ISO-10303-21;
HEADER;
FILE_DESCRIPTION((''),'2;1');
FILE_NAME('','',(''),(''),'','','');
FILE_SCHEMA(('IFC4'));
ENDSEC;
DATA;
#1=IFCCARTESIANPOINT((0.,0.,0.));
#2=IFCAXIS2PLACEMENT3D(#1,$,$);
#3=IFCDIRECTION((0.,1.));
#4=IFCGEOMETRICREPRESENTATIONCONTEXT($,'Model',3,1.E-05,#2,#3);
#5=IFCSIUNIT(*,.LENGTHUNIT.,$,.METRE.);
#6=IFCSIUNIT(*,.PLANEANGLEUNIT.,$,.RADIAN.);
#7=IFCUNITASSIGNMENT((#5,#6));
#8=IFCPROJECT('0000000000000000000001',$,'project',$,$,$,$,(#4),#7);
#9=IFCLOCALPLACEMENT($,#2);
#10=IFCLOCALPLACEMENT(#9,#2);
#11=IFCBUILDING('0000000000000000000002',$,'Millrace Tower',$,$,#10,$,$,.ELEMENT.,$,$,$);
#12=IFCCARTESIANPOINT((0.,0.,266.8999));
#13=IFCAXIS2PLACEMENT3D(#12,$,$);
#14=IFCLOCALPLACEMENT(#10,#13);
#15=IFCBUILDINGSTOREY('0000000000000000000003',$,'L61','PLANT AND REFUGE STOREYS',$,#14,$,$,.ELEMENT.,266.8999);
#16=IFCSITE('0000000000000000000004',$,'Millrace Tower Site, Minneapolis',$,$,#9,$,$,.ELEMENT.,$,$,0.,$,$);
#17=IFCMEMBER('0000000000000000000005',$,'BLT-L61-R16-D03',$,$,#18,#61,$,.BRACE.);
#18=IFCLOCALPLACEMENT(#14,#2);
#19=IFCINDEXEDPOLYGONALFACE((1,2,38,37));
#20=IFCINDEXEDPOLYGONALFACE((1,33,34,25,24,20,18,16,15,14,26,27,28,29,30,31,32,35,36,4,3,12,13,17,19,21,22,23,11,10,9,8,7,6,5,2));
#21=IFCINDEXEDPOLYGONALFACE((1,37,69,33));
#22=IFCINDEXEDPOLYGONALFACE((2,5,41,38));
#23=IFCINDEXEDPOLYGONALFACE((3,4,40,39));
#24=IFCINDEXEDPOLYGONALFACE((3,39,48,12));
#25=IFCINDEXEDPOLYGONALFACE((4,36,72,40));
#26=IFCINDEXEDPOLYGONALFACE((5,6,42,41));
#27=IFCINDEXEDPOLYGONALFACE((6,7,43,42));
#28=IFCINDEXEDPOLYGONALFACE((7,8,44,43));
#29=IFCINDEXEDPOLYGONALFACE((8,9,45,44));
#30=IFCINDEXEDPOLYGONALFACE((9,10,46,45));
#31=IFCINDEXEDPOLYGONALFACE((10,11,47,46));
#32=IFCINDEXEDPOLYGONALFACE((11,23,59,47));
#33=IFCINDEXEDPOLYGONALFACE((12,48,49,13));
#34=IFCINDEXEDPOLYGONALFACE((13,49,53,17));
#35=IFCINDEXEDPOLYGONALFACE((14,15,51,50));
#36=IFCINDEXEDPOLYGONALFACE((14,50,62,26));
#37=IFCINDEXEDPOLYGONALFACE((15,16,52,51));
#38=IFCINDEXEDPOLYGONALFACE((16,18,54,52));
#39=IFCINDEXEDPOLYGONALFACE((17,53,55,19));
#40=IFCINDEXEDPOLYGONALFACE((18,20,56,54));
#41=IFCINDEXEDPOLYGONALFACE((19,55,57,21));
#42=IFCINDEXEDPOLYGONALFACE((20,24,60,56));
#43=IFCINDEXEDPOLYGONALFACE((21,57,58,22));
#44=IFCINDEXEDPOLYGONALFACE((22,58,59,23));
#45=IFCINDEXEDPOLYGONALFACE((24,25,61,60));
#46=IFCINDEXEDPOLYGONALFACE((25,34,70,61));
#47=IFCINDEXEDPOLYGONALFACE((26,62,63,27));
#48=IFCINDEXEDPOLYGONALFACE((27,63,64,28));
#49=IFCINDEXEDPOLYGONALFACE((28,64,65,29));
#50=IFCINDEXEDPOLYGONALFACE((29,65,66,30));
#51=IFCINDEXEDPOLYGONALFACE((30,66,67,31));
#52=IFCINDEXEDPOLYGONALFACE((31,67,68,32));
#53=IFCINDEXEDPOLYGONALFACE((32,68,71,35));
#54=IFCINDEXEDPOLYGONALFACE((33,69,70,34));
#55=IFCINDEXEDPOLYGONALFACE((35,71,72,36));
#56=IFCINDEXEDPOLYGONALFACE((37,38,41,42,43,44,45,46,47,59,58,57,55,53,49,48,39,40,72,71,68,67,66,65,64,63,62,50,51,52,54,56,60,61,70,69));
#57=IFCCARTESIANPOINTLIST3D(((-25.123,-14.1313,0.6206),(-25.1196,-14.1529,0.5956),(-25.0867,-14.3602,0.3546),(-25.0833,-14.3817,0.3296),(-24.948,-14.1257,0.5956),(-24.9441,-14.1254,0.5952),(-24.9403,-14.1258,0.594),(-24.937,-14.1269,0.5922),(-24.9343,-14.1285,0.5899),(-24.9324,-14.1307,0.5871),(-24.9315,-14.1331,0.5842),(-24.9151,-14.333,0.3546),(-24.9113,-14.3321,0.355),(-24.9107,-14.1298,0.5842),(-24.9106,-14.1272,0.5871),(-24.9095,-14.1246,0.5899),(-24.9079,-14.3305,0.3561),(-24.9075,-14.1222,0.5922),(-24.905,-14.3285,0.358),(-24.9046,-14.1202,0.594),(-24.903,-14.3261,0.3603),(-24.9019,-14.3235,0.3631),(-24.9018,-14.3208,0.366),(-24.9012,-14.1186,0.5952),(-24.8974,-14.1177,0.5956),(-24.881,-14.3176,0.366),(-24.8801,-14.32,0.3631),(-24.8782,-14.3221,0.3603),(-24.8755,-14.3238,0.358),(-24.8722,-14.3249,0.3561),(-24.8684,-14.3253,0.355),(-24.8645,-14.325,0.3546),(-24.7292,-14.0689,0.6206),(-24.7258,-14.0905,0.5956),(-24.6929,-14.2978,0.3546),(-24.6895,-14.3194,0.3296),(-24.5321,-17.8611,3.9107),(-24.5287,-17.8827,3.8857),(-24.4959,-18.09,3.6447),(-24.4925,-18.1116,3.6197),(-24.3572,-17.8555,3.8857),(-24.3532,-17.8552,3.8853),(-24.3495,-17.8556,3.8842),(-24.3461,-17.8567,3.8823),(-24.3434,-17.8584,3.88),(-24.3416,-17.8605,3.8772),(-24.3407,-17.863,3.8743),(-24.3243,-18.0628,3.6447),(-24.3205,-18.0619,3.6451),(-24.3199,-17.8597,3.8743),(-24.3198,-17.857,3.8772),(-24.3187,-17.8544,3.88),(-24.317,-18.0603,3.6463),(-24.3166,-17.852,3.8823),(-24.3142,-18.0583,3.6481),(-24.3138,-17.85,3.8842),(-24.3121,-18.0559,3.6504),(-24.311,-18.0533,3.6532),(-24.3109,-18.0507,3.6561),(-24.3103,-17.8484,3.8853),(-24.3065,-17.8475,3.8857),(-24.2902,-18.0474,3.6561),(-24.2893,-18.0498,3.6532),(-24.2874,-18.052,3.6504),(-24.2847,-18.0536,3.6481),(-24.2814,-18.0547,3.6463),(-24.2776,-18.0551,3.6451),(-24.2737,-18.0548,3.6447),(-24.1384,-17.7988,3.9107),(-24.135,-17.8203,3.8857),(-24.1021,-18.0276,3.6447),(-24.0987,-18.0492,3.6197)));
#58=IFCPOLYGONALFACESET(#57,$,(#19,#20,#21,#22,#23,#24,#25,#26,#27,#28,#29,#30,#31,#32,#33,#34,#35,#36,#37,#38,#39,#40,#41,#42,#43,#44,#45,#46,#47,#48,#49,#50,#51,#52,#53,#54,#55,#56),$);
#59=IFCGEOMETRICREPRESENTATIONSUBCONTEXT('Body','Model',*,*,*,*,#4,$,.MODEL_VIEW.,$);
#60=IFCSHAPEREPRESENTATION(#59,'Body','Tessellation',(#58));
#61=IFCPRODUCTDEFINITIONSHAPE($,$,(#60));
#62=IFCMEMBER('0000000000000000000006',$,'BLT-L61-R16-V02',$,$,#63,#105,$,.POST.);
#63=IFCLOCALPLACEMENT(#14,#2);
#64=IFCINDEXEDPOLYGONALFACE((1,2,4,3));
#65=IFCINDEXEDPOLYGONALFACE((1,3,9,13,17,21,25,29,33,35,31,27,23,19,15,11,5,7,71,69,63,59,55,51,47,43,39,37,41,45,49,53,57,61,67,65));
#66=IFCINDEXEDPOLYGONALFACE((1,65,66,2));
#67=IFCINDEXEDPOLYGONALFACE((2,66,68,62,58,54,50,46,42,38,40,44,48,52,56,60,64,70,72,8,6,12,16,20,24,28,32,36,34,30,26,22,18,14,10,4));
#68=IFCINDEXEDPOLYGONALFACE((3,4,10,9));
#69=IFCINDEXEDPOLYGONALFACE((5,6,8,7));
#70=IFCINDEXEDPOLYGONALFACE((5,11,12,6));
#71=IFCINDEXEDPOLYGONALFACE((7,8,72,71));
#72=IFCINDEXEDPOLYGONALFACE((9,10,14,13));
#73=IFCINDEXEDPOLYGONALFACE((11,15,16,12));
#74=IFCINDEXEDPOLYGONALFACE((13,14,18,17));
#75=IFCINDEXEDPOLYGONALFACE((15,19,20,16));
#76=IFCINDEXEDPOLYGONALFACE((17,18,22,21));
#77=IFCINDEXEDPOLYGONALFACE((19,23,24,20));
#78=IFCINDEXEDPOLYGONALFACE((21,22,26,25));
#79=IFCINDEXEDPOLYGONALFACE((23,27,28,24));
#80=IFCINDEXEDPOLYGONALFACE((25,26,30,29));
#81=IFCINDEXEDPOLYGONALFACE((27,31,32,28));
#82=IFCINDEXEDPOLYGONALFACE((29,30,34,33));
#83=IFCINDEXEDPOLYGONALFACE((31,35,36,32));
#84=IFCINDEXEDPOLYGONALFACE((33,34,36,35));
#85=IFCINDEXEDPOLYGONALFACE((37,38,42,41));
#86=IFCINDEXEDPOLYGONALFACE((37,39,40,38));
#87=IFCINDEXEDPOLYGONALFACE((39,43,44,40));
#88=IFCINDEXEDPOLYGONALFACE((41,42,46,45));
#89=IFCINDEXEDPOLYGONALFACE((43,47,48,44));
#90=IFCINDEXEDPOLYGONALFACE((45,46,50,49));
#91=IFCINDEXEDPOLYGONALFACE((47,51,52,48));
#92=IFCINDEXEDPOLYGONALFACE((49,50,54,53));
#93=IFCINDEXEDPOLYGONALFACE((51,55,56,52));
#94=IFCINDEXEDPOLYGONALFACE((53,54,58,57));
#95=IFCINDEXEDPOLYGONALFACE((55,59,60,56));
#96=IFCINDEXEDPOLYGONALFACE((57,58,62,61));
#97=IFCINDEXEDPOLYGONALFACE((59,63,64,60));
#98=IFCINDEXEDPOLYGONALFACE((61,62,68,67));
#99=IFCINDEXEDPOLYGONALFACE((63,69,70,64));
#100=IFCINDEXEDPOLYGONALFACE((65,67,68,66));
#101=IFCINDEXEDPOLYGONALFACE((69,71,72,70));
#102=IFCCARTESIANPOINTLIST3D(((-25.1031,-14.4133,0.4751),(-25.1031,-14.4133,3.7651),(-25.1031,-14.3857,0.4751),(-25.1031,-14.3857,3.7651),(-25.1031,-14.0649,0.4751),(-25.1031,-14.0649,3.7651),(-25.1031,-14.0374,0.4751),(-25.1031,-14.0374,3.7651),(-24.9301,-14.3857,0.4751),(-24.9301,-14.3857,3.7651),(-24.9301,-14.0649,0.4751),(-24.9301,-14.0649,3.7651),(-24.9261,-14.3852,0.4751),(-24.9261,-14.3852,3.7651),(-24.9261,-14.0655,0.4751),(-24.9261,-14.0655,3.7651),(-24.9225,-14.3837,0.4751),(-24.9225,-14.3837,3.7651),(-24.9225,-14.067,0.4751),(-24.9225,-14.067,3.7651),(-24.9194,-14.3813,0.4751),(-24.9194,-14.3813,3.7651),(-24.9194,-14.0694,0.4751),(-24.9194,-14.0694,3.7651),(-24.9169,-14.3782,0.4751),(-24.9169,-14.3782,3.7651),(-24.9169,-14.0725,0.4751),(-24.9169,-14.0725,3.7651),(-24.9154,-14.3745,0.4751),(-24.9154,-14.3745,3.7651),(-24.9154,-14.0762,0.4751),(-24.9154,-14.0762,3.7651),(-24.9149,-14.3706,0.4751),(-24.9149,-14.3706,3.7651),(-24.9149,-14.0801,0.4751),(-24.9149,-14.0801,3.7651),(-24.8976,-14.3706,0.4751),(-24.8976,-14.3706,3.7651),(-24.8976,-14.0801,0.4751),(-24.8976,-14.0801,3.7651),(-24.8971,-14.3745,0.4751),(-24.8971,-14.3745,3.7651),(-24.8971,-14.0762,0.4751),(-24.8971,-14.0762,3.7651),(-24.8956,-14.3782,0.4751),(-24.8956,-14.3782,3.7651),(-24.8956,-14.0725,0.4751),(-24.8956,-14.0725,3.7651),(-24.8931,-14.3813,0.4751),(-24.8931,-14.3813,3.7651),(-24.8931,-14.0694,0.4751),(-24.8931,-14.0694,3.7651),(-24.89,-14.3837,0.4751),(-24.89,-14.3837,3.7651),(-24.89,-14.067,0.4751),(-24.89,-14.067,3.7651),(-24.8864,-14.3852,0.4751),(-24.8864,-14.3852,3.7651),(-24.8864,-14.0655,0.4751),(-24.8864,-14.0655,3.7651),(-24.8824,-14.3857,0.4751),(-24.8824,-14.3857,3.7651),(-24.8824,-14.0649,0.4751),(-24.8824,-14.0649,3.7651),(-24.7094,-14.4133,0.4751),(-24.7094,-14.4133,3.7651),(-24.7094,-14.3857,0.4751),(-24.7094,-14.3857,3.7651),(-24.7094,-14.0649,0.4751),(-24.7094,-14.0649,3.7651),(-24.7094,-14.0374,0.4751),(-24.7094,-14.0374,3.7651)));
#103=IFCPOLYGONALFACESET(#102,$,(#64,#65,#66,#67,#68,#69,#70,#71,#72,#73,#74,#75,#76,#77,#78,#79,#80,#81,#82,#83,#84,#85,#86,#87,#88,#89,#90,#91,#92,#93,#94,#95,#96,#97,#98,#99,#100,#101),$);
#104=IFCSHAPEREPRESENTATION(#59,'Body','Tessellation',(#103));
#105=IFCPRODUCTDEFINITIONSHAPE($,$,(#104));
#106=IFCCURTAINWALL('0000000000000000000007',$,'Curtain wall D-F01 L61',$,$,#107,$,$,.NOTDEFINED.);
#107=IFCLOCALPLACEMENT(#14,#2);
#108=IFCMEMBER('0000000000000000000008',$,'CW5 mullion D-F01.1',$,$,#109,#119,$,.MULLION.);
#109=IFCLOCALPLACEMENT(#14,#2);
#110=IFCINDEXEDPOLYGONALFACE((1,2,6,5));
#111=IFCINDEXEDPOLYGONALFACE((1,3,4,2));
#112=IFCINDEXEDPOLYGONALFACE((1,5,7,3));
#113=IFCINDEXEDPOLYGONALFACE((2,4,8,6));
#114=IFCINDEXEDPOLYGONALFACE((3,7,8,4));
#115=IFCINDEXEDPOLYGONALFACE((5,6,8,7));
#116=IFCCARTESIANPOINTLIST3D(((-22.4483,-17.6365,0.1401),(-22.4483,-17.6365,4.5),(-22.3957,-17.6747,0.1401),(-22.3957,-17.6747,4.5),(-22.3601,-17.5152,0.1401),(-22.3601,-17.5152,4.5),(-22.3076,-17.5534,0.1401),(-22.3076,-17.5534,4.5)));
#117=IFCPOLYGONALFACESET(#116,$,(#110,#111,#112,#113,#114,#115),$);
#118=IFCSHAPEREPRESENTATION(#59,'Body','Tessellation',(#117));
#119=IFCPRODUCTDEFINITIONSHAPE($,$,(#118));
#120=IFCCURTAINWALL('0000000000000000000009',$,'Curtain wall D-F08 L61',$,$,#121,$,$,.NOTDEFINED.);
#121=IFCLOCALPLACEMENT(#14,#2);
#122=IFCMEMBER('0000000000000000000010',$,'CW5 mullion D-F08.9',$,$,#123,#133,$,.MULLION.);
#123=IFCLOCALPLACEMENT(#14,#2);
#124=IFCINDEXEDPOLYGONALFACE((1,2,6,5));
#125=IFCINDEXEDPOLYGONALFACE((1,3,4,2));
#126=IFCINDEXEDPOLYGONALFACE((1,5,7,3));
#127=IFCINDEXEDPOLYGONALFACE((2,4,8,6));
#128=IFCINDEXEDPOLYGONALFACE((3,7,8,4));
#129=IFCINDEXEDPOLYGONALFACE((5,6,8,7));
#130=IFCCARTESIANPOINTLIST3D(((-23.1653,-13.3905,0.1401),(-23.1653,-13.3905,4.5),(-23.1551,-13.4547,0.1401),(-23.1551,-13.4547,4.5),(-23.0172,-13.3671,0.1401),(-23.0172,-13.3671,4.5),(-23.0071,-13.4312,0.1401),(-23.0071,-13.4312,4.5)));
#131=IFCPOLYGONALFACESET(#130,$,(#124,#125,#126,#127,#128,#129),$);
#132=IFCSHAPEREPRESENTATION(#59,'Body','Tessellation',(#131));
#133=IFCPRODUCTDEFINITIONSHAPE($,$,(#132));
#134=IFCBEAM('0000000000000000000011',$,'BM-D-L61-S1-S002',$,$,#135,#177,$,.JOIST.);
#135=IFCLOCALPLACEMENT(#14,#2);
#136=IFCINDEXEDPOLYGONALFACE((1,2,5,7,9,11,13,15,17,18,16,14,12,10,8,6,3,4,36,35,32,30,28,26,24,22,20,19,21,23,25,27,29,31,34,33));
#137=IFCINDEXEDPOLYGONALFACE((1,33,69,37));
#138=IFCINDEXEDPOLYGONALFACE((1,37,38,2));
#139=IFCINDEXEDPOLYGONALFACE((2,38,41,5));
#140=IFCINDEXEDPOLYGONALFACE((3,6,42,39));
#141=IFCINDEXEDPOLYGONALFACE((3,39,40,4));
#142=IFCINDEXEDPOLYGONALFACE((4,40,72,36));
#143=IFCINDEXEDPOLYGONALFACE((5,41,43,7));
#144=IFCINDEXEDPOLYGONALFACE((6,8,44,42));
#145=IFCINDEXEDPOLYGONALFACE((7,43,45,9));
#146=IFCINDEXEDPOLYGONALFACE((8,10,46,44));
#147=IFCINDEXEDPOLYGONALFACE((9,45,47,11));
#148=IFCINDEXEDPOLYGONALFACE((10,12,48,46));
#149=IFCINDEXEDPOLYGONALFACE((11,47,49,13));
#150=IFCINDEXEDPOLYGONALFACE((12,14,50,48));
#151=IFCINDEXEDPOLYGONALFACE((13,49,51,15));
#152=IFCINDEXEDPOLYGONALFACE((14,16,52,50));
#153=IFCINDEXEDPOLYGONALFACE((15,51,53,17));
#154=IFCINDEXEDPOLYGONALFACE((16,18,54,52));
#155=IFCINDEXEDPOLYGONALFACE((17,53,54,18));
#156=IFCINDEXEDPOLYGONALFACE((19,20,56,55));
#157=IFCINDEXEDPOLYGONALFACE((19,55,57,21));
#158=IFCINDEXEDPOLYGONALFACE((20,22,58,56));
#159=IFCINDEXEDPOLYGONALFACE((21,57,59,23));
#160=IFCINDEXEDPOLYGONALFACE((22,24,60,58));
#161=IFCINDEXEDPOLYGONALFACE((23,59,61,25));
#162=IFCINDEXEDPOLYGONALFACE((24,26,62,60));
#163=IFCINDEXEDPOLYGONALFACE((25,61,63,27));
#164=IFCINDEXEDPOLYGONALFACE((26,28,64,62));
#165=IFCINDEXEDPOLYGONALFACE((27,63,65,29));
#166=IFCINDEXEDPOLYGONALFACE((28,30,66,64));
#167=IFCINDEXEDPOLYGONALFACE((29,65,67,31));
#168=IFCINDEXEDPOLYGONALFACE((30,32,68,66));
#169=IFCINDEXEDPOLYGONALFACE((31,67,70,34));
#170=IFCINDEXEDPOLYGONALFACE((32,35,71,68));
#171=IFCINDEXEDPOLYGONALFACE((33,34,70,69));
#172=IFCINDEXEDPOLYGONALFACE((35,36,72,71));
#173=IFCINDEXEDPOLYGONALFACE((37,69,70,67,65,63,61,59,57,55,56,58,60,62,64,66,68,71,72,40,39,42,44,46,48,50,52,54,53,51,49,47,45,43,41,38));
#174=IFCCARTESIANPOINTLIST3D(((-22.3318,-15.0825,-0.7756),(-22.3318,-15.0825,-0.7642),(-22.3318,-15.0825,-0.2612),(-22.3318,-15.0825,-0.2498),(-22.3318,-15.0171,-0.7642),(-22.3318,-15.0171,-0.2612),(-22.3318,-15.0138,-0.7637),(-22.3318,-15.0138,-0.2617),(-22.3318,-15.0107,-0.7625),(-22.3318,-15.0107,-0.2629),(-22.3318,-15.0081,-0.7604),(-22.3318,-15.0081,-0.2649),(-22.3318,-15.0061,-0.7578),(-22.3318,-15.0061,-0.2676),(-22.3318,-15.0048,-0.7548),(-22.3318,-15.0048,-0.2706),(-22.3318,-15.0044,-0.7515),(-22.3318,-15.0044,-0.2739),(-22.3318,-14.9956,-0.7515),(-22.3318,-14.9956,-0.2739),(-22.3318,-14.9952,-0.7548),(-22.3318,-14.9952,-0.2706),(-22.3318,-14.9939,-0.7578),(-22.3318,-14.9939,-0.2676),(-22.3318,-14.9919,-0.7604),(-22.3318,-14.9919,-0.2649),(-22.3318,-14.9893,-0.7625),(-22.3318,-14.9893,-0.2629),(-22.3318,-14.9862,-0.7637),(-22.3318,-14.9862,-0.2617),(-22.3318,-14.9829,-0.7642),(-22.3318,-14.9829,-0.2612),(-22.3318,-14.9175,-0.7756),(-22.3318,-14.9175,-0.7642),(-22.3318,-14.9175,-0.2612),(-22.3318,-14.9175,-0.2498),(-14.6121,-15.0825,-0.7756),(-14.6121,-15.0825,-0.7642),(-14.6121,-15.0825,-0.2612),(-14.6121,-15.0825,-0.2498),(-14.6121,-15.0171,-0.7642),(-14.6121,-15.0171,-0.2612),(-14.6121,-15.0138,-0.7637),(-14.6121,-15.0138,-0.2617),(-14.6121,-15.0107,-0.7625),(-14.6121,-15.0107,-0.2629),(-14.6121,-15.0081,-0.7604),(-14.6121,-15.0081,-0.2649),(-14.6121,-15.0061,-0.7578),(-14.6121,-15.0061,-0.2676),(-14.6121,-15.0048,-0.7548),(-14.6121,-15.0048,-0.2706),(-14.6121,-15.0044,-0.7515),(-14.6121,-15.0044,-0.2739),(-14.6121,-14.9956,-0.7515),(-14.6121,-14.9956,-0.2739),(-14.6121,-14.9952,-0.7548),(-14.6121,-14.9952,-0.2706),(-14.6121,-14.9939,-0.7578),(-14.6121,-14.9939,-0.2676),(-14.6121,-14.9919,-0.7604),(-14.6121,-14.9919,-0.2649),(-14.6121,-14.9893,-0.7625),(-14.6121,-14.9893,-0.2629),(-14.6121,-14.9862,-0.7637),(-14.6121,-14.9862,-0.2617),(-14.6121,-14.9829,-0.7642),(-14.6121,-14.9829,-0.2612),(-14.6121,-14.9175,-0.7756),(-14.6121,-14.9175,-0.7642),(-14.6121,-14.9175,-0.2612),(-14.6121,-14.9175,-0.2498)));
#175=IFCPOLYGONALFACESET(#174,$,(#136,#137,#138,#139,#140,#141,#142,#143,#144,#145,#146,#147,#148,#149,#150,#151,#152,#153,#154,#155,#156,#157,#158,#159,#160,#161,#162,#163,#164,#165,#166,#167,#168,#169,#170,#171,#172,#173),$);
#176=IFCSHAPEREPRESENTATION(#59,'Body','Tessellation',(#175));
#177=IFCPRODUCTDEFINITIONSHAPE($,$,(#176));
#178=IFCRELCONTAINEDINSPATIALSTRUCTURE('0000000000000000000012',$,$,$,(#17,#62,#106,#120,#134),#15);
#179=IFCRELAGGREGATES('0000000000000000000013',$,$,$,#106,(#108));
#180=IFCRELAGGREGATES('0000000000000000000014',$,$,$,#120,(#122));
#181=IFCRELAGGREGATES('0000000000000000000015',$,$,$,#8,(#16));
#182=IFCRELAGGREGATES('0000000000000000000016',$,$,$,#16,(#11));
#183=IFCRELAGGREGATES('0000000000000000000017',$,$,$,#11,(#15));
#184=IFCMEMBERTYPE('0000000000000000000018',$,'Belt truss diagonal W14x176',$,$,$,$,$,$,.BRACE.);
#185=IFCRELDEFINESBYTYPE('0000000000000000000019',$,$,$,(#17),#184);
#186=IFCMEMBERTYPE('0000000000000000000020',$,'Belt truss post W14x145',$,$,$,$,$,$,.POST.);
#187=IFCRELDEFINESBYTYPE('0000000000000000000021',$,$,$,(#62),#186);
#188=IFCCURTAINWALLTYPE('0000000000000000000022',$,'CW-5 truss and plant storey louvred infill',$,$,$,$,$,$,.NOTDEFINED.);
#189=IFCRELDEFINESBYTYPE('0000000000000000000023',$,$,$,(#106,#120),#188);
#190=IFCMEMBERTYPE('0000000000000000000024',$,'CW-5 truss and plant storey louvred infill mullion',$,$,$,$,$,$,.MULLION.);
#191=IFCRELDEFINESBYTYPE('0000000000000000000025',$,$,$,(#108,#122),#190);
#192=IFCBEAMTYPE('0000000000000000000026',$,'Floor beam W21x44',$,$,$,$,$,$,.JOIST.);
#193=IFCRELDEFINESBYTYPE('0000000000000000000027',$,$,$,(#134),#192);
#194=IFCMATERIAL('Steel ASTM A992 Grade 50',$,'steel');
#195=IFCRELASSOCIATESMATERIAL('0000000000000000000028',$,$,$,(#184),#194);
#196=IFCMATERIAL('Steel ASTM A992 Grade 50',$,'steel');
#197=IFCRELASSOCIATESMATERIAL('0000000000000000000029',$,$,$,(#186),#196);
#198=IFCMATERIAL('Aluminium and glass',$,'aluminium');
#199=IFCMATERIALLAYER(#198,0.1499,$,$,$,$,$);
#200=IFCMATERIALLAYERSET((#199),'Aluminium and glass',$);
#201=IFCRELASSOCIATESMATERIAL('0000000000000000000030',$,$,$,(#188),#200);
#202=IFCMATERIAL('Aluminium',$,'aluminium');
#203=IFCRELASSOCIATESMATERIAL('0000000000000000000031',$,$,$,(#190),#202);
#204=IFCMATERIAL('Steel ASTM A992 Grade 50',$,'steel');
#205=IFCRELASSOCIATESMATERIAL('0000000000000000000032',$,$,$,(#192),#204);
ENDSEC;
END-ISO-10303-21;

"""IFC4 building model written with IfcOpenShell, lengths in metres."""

from ifc_helpers import new_model, si_unit, direction, frame, origin, origin_2d, place, context, subcontext, project, spatial, rectangle, i_section, extrude, material, layer, layer_set, material_profile, profile_set, type_object, element, aggregate, save


model = new_model("IFC4")

# Units and contexts
model_context = context("Model", 3, precision=1e-05, world=origin(), true_north=direction((0.0, 1.0)))
body_context = subcontext(model_context, "Body", "Model", "MODEL_VIEW")
ifc_project = project(units=[si_unit("LENGTHUNIT", "METRE"), si_unit("PLANEANGLEUNIT", "RADIAN")], contexts=[model_context])

# Site, building, storey
site_placement = place(None, origin())
site = spatial("IfcSite", under=ifc_project, at=site_placement, Name="Millrace Tower Site, Minneapolis", CompositionType="ELEMENT", RefElevation=0.0)
building_placement = place(site_placement, origin())
building = spatial("IfcBuilding", under=site, at=building_placement, Name="Millrace Tower", CompositionType="ELEMENT")
storey_placement = place(building_placement, frame((0.0, 0.0, 266.8999)))
storey = spatial("IfcBuildingStorey", under=building, at=storey_placement, Name="L61", Description="PLANT AND REFUGE STOREYS", CompositionType="ELEMENT", Elevation=266.8999)

# Members
ifc_material_1 = material(Name="Steel ASTM A992 Grade 50", Category="steel")
ifc_material_profile_1 = material_profile(ifc_material_1, i_section(OverallWidth=0.3987, OverallDepth=0.386, WebThickness=0.021, FlangeThickness=0.0332, FilletRadius=0.0151, at=origin_2d()))
ifc_profile_set_1 = profile_set([ifc_material_profile_1], Name="Steel ASTM A992 Grade 50")
member_type_1 = type_object("IfcMemberType", Name="Belt truss diagonal W14x176", PredefinedType="BRACE", material=ifc_profile_set_1)
member_1_placement = place(storey_placement, frame((-24.9062, -14.2253, 0.4751), z_axis=(0.117965, -0.744692, 0.6569), x_axis=(0.987685, 0.156457, 0.0)))
element("IfcMember", 1, at=member_1_placement, inside=storey, type_object=member_type_1, Name="BLT-L61-R16-D03", PredefinedType="BRACE", context=body_context, shape_type="SweptSolid", body=[
    extrude(i_section(OverallWidth=0.3987, OverallDepth=0.386, WebThickness=0.021, FlangeThickness=0.0332, FilletRadius=0.0151, at=origin_2d()), origin(), (0.0, 0.0, 1.0), 5.0085),
])
ifc_material_2 = material(Name="Steel ASTM A992 Grade 50", Category="steel")
ifc_material_profile_2 = material_profile(ifc_material_2, i_section(OverallWidth=0.3938, OverallDepth=0.376, WebThickness=0.0173, FlangeThickness=0.0276, FilletRadius=0.0151, at=origin_2d()))
ifc_profile_set_2 = profile_set([ifc_material_profile_2], Name="Steel ASTM A992 Grade 50")
member_type_2 = type_object("IfcMemberType", Name="Belt truss post W14x145", PredefinedType="POST", material=ifc_profile_set_2)
member_2_placement = place(storey_placement, frame((-24.9062, -14.2253, 0.4751), z_axis=(0.0, 0.0, 1.0), x_axis=(1.0, 0.0, 0.0)))
element("IfcMember", 2, at=member_2_placement, inside=storey, type_object=member_type_2, Name="BLT-L61-R16-V02", PredefinedType="POST", context=body_context, shape_type="SweptSolid", body=[
    extrude(i_section(OverallWidth=0.3938, OverallDepth=0.376, WebThickness=0.0173, FlangeThickness=0.0276, FilletRadius=0.0151, at=origin_2d()), origin(), (0.0, 0.0, 1.0), 3.29),
])

# Curtain walls, members
ifc_material_3 = material(Name="Aluminium and glass", Category="aluminium")
ifc_layer_1 = layer(ifc_material_3, 0.1499)
ifc_layer_set_1 = layer_set([ifc_layer_1], Name="Aluminium and glass")
curtain_wall_type = type_object("IfcCurtainWallType", Name="CW-5 truss and plant storey louvred infill", PredefinedType="NOTDEFINED", material=ifc_layer_set_1)
placement = place(storey_placement, origin())
curtain_wall_1 = element("IfcCurtainWall", 3, at=placement, inside=storey, type_object=curtain_wall_type, Name="Curtain wall D-F01 L61", PredefinedType="NOTDEFINED")
ifc_material_4 = material(Name="Aluminium", Category="aluminium")
ifc_material_profile_3 = material_profile(ifc_material_4, rectangle(XDim=0.0649, YDim=0.1499, at=origin_2d()))
ifc_profile_set_3 = profile_set([ifc_material_profile_3], Name="Aluminium")
member_type_3 = type_object("IfcMemberType", Name="CW-5 truss and plant storey louvred infill mullion", PredefinedType="MULLION", material=ifc_profile_set_3)
member_3_placement = place(storey_placement, frame((-22.3779, -17.595, 0.1401), z_axis=(0.0, 0.0, 1.0), x_axis=(0.809017, -0.587785, 0.0)))
member_3 = element("IfcMember", 4, at=member_3_placement, type_object=member_type_3, Name="CW5 mullion D-F01.1", PredefinedType="MULLION", context=body_context, shape_type="SweptSolid", body=[
    extrude(rectangle(XDim=0.0649, YDim=0.1499, at=origin_2d()), origin(), (0.0, 0.0, 1.0), 4.3599),
])
aggregate(curtain_wall_1, [member_3])
curtain_wall_2 = element("IfcCurtainWall", 5, at=placement, inside=storey, type_object=curtain_wall_type, Name="Curtain wall D-F08 L61", PredefinedType="NOTDEFINED")
member_4_placement = place(storey_placement, frame((-23.0862, -13.4109, 0.1401), z_axis=(0.0, 0.0, 1.0), x_axis=(0.156434, -0.987688, 0.0)))
member_4 = element("IfcMember", 6, at=member_4_placement, type_object=member_type_3, Name="CW5 mullion D-F08.9", PredefinedType="MULLION", context=body_context, shape_type="SweptSolid", body=[
    extrude(rectangle(XDim=0.0649, YDim=0.1499, at=origin_2d()), origin(), (0.0, 0.0, 1.0), 4.3599),
])
aggregate(curtain_wall_2, [member_4])

# Beam
ifc_material_5 = material(Name="Steel ASTM A992 Grade 50", Category="steel")
ifc_material_profile_4 = material_profile(ifc_material_5, i_section(OverallWidth=0.165, OverallDepth=0.5259, WebThickness=0.0088, FlangeThickness=0.0115, FilletRadius=0.0127, at=origin_2d()))
ifc_profile_set_4 = profile_set([ifc_material_profile_4], Name="Steel ASTM A992 Grade 50")
beam_type_1 = type_object("IfcBeamType", Name="Floor beam W21x44", PredefinedType="JOIST", material=ifc_profile_set_4)
beam_1_placement = place(storey_placement, frame((-22.3318, -15.0, -0.5127), z_axis=(1.0, 0.0, 0.0), x_axis=(0.0, 1.0, 0.0)))
element("IfcBeam", 7, at=beam_1_placement, inside=storey, type_object=beam_type_1, Name="BM-D-L61-S1-S002", PredefinedType="JOIST", context=body_context, shape_type="SweptSolid", body=[
    extrude(i_section(OverallWidth=0.165, OverallDepth=0.5259, WebThickness=0.0088, FlangeThickness=0.0115, FilletRadius=0.0127, at=origin_2d()), origin(), (0.0, 0.0, 1.0), 7.7197),
])

save(model, "model.ifc")
